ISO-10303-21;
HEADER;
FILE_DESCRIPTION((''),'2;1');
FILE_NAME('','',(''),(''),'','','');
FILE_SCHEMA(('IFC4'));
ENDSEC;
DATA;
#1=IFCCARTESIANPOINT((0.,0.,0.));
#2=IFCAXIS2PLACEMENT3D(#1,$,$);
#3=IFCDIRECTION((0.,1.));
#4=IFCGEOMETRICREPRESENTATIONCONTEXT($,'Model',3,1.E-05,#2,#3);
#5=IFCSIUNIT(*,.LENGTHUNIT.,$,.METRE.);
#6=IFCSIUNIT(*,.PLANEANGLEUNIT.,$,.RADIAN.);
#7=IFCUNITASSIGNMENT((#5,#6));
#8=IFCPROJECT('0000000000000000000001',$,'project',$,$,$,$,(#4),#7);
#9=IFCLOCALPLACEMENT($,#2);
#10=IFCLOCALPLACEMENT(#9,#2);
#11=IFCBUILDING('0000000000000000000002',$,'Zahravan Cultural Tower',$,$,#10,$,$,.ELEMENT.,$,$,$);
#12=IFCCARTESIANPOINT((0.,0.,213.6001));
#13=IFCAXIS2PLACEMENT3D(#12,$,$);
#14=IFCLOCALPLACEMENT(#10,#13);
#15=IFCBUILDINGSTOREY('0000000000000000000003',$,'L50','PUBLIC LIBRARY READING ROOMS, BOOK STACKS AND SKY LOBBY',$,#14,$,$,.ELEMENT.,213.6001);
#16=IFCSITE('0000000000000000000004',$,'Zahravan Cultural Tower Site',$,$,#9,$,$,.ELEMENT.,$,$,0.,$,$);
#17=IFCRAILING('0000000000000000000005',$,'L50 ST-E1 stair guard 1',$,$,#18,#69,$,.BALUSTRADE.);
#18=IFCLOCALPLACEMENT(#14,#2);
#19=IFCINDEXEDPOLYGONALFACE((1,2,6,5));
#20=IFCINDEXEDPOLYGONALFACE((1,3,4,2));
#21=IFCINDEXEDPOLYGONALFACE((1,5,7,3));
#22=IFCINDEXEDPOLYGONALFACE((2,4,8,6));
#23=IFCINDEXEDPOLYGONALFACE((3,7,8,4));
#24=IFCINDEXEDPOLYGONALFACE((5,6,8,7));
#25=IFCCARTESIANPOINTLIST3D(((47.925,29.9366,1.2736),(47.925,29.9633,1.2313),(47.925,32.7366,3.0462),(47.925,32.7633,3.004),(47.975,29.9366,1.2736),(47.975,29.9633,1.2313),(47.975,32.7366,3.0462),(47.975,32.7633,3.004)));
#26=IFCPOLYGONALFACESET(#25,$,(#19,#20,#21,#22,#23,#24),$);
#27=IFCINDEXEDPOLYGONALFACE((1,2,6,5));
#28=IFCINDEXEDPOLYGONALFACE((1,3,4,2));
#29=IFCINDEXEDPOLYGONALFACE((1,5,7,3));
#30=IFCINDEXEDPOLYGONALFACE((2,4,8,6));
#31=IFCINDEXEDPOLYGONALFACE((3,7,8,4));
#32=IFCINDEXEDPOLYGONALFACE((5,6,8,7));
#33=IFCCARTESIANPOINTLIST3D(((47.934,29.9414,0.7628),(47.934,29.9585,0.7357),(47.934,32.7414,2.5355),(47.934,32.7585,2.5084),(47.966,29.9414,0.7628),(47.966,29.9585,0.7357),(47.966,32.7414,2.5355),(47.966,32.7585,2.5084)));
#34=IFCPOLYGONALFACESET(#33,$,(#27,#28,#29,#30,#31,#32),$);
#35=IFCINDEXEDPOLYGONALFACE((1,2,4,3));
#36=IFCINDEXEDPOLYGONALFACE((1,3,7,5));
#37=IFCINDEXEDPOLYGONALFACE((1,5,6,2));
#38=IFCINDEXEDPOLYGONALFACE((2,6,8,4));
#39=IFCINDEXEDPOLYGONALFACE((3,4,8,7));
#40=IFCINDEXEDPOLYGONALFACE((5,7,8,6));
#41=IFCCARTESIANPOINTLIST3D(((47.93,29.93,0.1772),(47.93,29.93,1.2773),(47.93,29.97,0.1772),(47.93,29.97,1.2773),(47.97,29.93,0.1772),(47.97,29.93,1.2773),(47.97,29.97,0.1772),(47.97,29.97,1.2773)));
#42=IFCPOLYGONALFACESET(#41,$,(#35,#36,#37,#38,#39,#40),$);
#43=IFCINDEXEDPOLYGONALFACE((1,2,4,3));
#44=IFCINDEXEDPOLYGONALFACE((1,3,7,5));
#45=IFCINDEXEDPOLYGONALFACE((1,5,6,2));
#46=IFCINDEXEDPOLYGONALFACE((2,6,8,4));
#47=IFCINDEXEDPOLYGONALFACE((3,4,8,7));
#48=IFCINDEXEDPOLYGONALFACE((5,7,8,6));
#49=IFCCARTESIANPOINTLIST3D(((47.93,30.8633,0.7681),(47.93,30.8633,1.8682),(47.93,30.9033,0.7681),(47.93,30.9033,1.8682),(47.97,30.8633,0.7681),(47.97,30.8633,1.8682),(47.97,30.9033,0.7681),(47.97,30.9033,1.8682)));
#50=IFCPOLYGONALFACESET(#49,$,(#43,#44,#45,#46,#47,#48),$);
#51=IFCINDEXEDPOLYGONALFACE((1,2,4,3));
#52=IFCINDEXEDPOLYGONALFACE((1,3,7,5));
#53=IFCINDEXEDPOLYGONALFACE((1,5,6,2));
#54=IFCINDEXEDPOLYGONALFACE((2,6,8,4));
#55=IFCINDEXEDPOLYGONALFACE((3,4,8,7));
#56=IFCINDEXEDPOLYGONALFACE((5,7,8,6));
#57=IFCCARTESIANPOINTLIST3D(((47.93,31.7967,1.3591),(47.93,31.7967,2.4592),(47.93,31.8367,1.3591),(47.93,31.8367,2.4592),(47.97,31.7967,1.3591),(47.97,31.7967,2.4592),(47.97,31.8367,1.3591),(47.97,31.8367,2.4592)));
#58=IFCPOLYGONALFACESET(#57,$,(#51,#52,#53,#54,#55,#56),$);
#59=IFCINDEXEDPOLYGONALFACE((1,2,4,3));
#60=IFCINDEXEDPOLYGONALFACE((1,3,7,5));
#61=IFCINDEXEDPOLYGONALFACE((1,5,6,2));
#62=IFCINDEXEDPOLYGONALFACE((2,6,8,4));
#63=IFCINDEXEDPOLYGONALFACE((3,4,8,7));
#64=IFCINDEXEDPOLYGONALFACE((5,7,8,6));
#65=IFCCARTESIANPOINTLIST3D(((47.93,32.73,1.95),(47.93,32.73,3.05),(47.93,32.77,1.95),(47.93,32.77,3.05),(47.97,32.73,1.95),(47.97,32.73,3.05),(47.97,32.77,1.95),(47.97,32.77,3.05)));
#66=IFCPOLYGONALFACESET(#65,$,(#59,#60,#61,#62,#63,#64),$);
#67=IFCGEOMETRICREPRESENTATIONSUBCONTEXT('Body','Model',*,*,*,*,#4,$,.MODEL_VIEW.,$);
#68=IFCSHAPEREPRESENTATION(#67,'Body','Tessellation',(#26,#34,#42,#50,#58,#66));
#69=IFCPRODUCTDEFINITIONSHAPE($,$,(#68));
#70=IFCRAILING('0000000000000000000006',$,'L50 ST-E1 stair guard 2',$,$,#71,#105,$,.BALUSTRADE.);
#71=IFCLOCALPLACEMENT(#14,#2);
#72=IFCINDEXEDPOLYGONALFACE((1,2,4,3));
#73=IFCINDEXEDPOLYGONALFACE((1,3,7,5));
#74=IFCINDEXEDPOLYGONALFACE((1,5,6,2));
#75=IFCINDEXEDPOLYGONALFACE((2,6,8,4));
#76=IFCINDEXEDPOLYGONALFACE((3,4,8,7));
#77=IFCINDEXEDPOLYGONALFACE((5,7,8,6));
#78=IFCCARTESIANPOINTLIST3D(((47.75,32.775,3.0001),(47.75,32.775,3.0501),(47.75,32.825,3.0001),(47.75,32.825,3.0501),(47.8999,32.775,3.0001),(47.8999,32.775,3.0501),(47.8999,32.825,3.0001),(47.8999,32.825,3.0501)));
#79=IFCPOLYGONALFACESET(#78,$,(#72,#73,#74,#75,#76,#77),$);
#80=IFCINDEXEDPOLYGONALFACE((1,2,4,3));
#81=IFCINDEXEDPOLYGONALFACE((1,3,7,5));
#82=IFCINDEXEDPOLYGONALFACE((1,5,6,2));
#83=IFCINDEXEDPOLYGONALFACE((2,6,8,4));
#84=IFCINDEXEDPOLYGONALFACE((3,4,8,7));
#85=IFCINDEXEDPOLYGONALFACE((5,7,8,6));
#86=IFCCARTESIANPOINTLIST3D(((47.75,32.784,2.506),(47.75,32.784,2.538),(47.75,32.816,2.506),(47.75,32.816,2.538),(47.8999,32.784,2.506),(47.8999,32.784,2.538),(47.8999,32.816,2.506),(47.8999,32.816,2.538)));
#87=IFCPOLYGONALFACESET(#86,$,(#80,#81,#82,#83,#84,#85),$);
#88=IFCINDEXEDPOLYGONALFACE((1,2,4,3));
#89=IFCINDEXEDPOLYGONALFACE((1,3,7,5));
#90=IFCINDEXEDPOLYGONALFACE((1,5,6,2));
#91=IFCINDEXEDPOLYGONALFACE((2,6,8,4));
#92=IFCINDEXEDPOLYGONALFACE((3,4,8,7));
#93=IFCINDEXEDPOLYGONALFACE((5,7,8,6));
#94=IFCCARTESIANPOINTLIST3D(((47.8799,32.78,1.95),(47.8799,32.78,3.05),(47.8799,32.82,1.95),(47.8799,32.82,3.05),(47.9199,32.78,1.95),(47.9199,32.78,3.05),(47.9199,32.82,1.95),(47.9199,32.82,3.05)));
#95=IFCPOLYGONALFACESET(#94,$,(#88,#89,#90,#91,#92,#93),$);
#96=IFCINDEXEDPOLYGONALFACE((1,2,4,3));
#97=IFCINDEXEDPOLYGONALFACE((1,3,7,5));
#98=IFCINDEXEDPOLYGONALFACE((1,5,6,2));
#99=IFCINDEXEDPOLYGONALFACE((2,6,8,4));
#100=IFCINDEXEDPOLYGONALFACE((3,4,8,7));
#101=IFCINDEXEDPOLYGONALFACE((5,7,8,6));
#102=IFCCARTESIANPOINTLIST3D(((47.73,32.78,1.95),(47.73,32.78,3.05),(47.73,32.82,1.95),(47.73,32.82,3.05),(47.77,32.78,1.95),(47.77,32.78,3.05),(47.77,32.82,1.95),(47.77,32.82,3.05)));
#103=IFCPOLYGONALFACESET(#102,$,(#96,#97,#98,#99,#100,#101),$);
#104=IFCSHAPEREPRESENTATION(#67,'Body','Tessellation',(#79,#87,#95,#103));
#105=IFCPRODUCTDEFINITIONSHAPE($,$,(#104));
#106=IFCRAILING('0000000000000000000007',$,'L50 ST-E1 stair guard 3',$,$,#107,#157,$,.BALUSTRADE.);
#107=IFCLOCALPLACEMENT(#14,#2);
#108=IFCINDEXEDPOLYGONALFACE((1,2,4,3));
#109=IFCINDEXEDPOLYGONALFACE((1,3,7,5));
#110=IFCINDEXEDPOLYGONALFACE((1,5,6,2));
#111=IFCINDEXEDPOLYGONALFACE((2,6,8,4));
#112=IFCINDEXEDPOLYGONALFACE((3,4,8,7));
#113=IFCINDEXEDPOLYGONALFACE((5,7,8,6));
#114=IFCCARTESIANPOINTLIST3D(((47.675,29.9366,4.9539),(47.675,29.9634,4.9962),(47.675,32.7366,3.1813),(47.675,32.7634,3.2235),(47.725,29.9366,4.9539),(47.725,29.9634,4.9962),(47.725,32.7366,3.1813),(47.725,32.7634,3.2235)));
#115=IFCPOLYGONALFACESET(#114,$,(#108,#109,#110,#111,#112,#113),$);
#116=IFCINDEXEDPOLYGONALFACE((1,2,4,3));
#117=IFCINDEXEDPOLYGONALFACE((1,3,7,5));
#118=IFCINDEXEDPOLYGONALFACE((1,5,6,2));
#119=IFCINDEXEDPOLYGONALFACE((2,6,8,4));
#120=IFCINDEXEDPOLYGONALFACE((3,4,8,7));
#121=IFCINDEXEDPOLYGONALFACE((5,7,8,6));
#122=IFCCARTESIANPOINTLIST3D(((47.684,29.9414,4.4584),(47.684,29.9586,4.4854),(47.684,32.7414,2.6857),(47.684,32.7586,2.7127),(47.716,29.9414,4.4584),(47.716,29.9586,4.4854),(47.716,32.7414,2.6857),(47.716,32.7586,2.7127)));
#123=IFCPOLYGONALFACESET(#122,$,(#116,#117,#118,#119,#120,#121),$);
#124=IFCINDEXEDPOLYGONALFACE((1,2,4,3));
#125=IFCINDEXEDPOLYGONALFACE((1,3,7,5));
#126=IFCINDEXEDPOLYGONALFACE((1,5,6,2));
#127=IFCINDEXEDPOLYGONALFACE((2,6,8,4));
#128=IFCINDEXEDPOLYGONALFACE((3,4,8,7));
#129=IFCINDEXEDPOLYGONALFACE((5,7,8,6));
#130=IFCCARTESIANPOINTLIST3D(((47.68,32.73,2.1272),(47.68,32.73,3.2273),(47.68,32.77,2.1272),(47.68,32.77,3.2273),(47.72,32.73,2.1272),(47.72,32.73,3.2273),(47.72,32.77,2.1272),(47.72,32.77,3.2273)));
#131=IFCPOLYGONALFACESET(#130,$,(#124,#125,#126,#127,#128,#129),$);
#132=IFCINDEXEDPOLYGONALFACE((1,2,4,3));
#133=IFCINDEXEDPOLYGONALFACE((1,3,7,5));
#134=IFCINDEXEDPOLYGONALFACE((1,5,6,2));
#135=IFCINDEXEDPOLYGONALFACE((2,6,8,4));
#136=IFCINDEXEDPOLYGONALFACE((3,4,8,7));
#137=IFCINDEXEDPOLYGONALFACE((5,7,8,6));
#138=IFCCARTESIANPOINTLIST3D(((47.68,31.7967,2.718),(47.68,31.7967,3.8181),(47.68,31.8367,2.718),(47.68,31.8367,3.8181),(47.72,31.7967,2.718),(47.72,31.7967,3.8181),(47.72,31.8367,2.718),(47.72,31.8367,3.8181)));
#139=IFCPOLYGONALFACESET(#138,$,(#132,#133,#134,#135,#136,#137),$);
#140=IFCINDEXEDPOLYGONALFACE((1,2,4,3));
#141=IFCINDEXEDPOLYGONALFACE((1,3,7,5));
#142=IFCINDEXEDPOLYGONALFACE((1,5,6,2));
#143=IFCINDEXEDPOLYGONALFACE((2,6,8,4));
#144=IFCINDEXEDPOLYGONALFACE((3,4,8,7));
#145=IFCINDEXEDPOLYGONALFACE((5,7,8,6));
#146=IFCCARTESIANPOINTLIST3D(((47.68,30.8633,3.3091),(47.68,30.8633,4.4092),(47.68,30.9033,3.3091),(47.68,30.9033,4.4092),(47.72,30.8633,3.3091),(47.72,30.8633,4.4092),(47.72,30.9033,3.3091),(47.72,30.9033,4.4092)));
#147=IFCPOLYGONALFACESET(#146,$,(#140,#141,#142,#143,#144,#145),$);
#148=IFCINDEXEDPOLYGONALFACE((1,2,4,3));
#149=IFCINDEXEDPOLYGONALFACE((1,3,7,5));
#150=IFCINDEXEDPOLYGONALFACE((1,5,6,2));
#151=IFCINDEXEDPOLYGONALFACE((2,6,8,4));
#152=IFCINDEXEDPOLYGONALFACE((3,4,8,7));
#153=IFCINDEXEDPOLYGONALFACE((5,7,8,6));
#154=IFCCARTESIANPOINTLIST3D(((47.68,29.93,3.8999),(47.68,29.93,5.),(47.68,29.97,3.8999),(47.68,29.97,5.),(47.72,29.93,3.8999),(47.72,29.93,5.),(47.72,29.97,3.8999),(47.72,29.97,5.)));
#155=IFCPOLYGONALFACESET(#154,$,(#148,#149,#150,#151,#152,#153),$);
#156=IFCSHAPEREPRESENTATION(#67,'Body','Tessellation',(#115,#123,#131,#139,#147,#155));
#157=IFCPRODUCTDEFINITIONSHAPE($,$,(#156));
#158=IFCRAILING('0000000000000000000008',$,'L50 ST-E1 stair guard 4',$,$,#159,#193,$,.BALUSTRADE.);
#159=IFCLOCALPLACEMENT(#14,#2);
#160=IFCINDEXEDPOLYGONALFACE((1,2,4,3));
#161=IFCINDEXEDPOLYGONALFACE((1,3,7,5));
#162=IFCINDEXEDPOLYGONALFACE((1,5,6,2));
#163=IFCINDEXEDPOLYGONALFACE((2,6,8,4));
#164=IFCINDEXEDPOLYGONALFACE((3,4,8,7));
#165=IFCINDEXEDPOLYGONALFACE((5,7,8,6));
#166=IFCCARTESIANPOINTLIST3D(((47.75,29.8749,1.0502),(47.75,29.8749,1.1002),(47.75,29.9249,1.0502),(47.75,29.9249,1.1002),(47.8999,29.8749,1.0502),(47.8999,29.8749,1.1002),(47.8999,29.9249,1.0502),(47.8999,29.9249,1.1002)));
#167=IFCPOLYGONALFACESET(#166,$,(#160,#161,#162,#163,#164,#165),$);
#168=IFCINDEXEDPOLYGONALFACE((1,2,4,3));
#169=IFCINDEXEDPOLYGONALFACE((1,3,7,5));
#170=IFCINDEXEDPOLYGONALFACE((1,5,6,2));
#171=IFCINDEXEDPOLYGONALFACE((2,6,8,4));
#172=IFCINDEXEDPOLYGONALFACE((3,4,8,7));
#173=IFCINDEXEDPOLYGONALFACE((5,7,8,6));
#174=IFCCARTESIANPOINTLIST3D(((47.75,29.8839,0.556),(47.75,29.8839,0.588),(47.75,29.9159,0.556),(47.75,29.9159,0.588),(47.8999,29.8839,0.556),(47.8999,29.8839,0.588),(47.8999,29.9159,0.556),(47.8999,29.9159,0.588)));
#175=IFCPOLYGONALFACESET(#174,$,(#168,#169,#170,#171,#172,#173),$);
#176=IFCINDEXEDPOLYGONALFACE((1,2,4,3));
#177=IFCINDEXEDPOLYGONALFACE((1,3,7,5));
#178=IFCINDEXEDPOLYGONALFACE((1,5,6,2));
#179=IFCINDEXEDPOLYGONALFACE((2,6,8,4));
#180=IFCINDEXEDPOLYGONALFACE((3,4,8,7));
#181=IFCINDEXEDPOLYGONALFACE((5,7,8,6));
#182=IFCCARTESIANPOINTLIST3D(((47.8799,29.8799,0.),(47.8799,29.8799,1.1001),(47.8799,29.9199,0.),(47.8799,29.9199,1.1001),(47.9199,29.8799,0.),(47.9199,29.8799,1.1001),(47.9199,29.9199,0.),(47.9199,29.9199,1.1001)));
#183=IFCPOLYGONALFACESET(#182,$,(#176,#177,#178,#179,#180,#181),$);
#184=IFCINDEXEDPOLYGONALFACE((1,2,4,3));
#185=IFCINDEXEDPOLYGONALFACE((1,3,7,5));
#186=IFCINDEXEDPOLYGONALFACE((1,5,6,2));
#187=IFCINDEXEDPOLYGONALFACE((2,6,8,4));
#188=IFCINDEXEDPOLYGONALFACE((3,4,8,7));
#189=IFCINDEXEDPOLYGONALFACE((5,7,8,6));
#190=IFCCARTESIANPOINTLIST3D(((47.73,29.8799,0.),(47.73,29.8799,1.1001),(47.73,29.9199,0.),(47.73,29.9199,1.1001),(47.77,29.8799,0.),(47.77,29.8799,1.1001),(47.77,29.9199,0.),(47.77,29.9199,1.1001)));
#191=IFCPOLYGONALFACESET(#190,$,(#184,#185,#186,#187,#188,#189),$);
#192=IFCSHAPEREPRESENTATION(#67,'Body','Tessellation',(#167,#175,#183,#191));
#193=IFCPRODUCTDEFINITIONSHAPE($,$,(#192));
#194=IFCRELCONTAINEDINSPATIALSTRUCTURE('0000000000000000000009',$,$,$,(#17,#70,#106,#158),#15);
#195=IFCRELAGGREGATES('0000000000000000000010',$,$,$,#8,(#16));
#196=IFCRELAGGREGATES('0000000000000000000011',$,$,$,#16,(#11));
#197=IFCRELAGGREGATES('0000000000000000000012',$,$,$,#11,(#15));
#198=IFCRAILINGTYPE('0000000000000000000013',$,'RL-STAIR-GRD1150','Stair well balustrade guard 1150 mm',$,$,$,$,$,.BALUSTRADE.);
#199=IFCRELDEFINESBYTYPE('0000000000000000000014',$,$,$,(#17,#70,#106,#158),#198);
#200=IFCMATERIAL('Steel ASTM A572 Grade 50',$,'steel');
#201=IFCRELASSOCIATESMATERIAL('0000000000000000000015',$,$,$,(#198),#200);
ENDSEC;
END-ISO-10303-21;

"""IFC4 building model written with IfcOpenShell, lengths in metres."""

from ifc_helpers import new_model, si_unit, direction, frame, origin, origin_2d, place, context, subcontext, project, spatial, rectangle, extrude, material, type_object, element, save


model = new_model("IFC4")

# Units and contexts
model_context = context("Model", 3, precision=1e-05, world=origin(), true_north=direction((0.0, 1.0)))
body_context = subcontext(model_context, "Body", "Model", "MODEL_VIEW")
ifc_project = project(units=[si_unit("LENGTHUNIT", "METRE"), si_unit("PLANEANGLEUNIT", "RADIAN")], contexts=[model_context])

# Site, building, storey
site_placement = place(None, origin())
site = spatial("IfcSite", under=ifc_project, at=site_placement, Name="Zahravan Cultural Tower Site", CompositionType="ELEMENT", RefElevation=0.0)
building_placement = place(site_placement, origin())
building = spatial("IfcBuilding", under=site, at=building_placement, Name="Zahravan Cultural Tower", CompositionType="ELEMENT")
storey_placement = place(building_placement, frame((0.0, 0.0, 213.6001)))
storey = spatial("IfcBuildingStorey", under=building, at=storey_placement, Name="L50", Description="PUBLIC LIBRARY READING ROOMS, BOOK STACKS AND SKY LOBBY", CompositionType="ELEMENT", Elevation=213.6001)

# Railings
ifc_material_1 = material(Name="Steel ASTM A572 Grade 50", Category="steel")
railing_type_1 = type_object("IfcRailingType", Name="RL-STAIR-GRD1150", Description="Stair well balustrade guard 1150 mm", PredefinedType="BALUSTRADE", material=ifc_material_1)
railing_1_placement = place(storey_placement, frame((47.95, 29.95, 0.1772)))
element("IfcRailing", 1, at=railing_1_placement, inside=storey, type_object=railing_type_1, Name="L50 ST-E1 stair guard 1", PredefinedType="BALUSTRADE", context=body_context, shape_type="SweptSolid", body=[
    extrude(rectangle(XDim=0.05, YDim=0.05, at=origin_2d()), frame((0.0, 0.0, 1.0752), z_axis=(0.0, 0.844909, 0.53491), x_axis=(-1.0, 0.0, 0.0)), (0.0, 0.0, 1.0), 3.314),
    extrude(rectangle(XDim=0.032, YDim=0.032, at=origin_2d()), frame((0.0, 0.0, 0.572), z_axis=(0.0, 0.844909, 0.53491), x_axis=(-1.0, 0.0, 0.0)), (0.0, 0.0, 1.0), 3.314),
    extrude(rectangle(XDim=0.04, YDim=0.04, at=origin_2d()), origin(), (0.0, 0.0, 1.0), 1.1001),
    extrude(rectangle(XDim=0.04, YDim=0.04, at=origin_2d()), frame((0.0, 0.9333, 0.5908)), (0.0, 0.0, 1.0), 1.1001),
    extrude(rectangle(XDim=0.04, YDim=0.04, at=origin_2d()), frame((0.0, 1.8667, 1.1819)), (0.0, 0.0, 1.0), 1.1001),
    extrude(rectangle(XDim=0.04, YDim=0.04, at=origin_2d()), frame((0.0, 2.8, 1.7727)), (0.0, 0.0, 1.0), 1.1001),
])
railing_2_placement = place(storey_placement, frame((47.8999, 32.8, 1.95)))
element("IfcRailing", 2, at=railing_2_placement, inside=storey, type_object=railing_type_1, Name="L50 ST-E1 stair guard 2", PredefinedType="BALUSTRADE", context=body_context, shape_type="SweptSolid", body=[
    extrude(rectangle(XDim=0.05, YDim=0.05, at=origin_2d()), frame((0.0, 0.0, 1.0752), z_axis=(-1.0, 0.0, 0.0), x_axis=(0.0, -1.0, 0.0)), (0.0, 0.0, 1.0), 0.1499),
    extrude(rectangle(XDim=0.032, YDim=0.032, at=origin_2d()), frame((0.0, 0.0, 0.572), z_axis=(-1.0, 0.0, 0.0), x_axis=(0.0, -1.0, 0.0)), (0.0, 0.0, 1.0), 0.1499),
    extrude(rectangle(XDim=0.04, YDim=0.04, at=origin_2d()), origin(), (0.0, 0.0, 1.0), 1.1001),
    extrude(rectangle(XDim=0.04, YDim=0.04, at=origin_2d()), frame((-0.1499, 0.0, 0.0)), (0.0, 0.0, 1.0), 1.1001),
])
railing_3_placement = place(storey_placement, frame((47.7, 32.75, 2.1272)))
element("IfcRailing", 3, at=railing_3_placement, inside=storey, type_object=railing_type_1, Name="L50 ST-E1 stair guard 3", PredefinedType="BALUSTRADE", context=body_context, shape_type="SweptSolid", body=[
    extrude(rectangle(XDim=0.05, YDim=0.05, at=origin_2d()), frame((0.0, 0.0, 1.0752), z_axis=(0.0, -0.844909, 0.53491), x_axis=(1.0, 0.0, 0.0)), (0.0, 0.0, 1.0), 3.314),
    extrude(rectangle(XDim=0.032, YDim=0.032, at=origin_2d()), frame((0.0, 0.0, 0.572), z_axis=(0.0, -0.844909, 0.53491), x_axis=(1.0, 0.0, 0.0)), (0.0, 0.0, 1.0), 3.314),
    extrude(rectangle(XDim=0.04, YDim=0.04, at=origin_2d()), origin(), (0.0, 0.0, 1.0), 1.1001),
    extrude(rectangle(XDim=0.04, YDim=0.04, at=origin_2d()), frame((0.0, -0.9333, 0.5908)), (0.0, 0.0, 1.0), 1.1001),
    extrude(rectangle(XDim=0.04, YDim=0.04, at=origin_2d()), frame((0.0, -1.8667, 1.1819)), (0.0, 0.0, 1.0), 1.1001),
    extrude(rectangle(XDim=0.04, YDim=0.04, at=origin_2d()), frame((0.0, -2.8, 1.7727)), (0.0, 0.0, 1.0), 1.1001),
])
railing_4_placement = place(storey_placement, frame((47.8999, 29.8999, 0.0)))
element("IfcRailing", 4, at=railing_4_placement, inside=storey, type_object=railing_type_1, Name="L50 ST-E1 stair guard 4", PredefinedType="BALUSTRADE", context=body_context, shape_type="SweptSolid", body=[
    extrude(rectangle(XDim=0.05, YDim=0.05, at=origin_2d()), frame((0.0, 0.0, 1.0752), z_axis=(-1.0, 0.0, 0.0), x_axis=(0.0, -1.0, 0.0)), (0.0, 0.0, 1.0), 0.1499),
    extrude(rectangle(XDim=0.032, YDim=0.032, at=origin_2d()), frame((0.0, 0.0, 0.572), z_axis=(-1.0, 0.0, 0.0), x_axis=(0.0, -1.0, 0.0)), (0.0, 0.0, 1.0), 0.1499),
    extrude(rectangle(XDim=0.04, YDim=0.04, at=origin_2d()), origin(), (0.0, 0.0, 1.0), 1.1001),
    extrude(rectangle(XDim=0.04, YDim=0.04, at=origin_2d()), frame((-0.1499, 0.0, 0.0)), (0.0, 0.0, 1.0), 1.1001),
])

save(model, "model.ifc")
